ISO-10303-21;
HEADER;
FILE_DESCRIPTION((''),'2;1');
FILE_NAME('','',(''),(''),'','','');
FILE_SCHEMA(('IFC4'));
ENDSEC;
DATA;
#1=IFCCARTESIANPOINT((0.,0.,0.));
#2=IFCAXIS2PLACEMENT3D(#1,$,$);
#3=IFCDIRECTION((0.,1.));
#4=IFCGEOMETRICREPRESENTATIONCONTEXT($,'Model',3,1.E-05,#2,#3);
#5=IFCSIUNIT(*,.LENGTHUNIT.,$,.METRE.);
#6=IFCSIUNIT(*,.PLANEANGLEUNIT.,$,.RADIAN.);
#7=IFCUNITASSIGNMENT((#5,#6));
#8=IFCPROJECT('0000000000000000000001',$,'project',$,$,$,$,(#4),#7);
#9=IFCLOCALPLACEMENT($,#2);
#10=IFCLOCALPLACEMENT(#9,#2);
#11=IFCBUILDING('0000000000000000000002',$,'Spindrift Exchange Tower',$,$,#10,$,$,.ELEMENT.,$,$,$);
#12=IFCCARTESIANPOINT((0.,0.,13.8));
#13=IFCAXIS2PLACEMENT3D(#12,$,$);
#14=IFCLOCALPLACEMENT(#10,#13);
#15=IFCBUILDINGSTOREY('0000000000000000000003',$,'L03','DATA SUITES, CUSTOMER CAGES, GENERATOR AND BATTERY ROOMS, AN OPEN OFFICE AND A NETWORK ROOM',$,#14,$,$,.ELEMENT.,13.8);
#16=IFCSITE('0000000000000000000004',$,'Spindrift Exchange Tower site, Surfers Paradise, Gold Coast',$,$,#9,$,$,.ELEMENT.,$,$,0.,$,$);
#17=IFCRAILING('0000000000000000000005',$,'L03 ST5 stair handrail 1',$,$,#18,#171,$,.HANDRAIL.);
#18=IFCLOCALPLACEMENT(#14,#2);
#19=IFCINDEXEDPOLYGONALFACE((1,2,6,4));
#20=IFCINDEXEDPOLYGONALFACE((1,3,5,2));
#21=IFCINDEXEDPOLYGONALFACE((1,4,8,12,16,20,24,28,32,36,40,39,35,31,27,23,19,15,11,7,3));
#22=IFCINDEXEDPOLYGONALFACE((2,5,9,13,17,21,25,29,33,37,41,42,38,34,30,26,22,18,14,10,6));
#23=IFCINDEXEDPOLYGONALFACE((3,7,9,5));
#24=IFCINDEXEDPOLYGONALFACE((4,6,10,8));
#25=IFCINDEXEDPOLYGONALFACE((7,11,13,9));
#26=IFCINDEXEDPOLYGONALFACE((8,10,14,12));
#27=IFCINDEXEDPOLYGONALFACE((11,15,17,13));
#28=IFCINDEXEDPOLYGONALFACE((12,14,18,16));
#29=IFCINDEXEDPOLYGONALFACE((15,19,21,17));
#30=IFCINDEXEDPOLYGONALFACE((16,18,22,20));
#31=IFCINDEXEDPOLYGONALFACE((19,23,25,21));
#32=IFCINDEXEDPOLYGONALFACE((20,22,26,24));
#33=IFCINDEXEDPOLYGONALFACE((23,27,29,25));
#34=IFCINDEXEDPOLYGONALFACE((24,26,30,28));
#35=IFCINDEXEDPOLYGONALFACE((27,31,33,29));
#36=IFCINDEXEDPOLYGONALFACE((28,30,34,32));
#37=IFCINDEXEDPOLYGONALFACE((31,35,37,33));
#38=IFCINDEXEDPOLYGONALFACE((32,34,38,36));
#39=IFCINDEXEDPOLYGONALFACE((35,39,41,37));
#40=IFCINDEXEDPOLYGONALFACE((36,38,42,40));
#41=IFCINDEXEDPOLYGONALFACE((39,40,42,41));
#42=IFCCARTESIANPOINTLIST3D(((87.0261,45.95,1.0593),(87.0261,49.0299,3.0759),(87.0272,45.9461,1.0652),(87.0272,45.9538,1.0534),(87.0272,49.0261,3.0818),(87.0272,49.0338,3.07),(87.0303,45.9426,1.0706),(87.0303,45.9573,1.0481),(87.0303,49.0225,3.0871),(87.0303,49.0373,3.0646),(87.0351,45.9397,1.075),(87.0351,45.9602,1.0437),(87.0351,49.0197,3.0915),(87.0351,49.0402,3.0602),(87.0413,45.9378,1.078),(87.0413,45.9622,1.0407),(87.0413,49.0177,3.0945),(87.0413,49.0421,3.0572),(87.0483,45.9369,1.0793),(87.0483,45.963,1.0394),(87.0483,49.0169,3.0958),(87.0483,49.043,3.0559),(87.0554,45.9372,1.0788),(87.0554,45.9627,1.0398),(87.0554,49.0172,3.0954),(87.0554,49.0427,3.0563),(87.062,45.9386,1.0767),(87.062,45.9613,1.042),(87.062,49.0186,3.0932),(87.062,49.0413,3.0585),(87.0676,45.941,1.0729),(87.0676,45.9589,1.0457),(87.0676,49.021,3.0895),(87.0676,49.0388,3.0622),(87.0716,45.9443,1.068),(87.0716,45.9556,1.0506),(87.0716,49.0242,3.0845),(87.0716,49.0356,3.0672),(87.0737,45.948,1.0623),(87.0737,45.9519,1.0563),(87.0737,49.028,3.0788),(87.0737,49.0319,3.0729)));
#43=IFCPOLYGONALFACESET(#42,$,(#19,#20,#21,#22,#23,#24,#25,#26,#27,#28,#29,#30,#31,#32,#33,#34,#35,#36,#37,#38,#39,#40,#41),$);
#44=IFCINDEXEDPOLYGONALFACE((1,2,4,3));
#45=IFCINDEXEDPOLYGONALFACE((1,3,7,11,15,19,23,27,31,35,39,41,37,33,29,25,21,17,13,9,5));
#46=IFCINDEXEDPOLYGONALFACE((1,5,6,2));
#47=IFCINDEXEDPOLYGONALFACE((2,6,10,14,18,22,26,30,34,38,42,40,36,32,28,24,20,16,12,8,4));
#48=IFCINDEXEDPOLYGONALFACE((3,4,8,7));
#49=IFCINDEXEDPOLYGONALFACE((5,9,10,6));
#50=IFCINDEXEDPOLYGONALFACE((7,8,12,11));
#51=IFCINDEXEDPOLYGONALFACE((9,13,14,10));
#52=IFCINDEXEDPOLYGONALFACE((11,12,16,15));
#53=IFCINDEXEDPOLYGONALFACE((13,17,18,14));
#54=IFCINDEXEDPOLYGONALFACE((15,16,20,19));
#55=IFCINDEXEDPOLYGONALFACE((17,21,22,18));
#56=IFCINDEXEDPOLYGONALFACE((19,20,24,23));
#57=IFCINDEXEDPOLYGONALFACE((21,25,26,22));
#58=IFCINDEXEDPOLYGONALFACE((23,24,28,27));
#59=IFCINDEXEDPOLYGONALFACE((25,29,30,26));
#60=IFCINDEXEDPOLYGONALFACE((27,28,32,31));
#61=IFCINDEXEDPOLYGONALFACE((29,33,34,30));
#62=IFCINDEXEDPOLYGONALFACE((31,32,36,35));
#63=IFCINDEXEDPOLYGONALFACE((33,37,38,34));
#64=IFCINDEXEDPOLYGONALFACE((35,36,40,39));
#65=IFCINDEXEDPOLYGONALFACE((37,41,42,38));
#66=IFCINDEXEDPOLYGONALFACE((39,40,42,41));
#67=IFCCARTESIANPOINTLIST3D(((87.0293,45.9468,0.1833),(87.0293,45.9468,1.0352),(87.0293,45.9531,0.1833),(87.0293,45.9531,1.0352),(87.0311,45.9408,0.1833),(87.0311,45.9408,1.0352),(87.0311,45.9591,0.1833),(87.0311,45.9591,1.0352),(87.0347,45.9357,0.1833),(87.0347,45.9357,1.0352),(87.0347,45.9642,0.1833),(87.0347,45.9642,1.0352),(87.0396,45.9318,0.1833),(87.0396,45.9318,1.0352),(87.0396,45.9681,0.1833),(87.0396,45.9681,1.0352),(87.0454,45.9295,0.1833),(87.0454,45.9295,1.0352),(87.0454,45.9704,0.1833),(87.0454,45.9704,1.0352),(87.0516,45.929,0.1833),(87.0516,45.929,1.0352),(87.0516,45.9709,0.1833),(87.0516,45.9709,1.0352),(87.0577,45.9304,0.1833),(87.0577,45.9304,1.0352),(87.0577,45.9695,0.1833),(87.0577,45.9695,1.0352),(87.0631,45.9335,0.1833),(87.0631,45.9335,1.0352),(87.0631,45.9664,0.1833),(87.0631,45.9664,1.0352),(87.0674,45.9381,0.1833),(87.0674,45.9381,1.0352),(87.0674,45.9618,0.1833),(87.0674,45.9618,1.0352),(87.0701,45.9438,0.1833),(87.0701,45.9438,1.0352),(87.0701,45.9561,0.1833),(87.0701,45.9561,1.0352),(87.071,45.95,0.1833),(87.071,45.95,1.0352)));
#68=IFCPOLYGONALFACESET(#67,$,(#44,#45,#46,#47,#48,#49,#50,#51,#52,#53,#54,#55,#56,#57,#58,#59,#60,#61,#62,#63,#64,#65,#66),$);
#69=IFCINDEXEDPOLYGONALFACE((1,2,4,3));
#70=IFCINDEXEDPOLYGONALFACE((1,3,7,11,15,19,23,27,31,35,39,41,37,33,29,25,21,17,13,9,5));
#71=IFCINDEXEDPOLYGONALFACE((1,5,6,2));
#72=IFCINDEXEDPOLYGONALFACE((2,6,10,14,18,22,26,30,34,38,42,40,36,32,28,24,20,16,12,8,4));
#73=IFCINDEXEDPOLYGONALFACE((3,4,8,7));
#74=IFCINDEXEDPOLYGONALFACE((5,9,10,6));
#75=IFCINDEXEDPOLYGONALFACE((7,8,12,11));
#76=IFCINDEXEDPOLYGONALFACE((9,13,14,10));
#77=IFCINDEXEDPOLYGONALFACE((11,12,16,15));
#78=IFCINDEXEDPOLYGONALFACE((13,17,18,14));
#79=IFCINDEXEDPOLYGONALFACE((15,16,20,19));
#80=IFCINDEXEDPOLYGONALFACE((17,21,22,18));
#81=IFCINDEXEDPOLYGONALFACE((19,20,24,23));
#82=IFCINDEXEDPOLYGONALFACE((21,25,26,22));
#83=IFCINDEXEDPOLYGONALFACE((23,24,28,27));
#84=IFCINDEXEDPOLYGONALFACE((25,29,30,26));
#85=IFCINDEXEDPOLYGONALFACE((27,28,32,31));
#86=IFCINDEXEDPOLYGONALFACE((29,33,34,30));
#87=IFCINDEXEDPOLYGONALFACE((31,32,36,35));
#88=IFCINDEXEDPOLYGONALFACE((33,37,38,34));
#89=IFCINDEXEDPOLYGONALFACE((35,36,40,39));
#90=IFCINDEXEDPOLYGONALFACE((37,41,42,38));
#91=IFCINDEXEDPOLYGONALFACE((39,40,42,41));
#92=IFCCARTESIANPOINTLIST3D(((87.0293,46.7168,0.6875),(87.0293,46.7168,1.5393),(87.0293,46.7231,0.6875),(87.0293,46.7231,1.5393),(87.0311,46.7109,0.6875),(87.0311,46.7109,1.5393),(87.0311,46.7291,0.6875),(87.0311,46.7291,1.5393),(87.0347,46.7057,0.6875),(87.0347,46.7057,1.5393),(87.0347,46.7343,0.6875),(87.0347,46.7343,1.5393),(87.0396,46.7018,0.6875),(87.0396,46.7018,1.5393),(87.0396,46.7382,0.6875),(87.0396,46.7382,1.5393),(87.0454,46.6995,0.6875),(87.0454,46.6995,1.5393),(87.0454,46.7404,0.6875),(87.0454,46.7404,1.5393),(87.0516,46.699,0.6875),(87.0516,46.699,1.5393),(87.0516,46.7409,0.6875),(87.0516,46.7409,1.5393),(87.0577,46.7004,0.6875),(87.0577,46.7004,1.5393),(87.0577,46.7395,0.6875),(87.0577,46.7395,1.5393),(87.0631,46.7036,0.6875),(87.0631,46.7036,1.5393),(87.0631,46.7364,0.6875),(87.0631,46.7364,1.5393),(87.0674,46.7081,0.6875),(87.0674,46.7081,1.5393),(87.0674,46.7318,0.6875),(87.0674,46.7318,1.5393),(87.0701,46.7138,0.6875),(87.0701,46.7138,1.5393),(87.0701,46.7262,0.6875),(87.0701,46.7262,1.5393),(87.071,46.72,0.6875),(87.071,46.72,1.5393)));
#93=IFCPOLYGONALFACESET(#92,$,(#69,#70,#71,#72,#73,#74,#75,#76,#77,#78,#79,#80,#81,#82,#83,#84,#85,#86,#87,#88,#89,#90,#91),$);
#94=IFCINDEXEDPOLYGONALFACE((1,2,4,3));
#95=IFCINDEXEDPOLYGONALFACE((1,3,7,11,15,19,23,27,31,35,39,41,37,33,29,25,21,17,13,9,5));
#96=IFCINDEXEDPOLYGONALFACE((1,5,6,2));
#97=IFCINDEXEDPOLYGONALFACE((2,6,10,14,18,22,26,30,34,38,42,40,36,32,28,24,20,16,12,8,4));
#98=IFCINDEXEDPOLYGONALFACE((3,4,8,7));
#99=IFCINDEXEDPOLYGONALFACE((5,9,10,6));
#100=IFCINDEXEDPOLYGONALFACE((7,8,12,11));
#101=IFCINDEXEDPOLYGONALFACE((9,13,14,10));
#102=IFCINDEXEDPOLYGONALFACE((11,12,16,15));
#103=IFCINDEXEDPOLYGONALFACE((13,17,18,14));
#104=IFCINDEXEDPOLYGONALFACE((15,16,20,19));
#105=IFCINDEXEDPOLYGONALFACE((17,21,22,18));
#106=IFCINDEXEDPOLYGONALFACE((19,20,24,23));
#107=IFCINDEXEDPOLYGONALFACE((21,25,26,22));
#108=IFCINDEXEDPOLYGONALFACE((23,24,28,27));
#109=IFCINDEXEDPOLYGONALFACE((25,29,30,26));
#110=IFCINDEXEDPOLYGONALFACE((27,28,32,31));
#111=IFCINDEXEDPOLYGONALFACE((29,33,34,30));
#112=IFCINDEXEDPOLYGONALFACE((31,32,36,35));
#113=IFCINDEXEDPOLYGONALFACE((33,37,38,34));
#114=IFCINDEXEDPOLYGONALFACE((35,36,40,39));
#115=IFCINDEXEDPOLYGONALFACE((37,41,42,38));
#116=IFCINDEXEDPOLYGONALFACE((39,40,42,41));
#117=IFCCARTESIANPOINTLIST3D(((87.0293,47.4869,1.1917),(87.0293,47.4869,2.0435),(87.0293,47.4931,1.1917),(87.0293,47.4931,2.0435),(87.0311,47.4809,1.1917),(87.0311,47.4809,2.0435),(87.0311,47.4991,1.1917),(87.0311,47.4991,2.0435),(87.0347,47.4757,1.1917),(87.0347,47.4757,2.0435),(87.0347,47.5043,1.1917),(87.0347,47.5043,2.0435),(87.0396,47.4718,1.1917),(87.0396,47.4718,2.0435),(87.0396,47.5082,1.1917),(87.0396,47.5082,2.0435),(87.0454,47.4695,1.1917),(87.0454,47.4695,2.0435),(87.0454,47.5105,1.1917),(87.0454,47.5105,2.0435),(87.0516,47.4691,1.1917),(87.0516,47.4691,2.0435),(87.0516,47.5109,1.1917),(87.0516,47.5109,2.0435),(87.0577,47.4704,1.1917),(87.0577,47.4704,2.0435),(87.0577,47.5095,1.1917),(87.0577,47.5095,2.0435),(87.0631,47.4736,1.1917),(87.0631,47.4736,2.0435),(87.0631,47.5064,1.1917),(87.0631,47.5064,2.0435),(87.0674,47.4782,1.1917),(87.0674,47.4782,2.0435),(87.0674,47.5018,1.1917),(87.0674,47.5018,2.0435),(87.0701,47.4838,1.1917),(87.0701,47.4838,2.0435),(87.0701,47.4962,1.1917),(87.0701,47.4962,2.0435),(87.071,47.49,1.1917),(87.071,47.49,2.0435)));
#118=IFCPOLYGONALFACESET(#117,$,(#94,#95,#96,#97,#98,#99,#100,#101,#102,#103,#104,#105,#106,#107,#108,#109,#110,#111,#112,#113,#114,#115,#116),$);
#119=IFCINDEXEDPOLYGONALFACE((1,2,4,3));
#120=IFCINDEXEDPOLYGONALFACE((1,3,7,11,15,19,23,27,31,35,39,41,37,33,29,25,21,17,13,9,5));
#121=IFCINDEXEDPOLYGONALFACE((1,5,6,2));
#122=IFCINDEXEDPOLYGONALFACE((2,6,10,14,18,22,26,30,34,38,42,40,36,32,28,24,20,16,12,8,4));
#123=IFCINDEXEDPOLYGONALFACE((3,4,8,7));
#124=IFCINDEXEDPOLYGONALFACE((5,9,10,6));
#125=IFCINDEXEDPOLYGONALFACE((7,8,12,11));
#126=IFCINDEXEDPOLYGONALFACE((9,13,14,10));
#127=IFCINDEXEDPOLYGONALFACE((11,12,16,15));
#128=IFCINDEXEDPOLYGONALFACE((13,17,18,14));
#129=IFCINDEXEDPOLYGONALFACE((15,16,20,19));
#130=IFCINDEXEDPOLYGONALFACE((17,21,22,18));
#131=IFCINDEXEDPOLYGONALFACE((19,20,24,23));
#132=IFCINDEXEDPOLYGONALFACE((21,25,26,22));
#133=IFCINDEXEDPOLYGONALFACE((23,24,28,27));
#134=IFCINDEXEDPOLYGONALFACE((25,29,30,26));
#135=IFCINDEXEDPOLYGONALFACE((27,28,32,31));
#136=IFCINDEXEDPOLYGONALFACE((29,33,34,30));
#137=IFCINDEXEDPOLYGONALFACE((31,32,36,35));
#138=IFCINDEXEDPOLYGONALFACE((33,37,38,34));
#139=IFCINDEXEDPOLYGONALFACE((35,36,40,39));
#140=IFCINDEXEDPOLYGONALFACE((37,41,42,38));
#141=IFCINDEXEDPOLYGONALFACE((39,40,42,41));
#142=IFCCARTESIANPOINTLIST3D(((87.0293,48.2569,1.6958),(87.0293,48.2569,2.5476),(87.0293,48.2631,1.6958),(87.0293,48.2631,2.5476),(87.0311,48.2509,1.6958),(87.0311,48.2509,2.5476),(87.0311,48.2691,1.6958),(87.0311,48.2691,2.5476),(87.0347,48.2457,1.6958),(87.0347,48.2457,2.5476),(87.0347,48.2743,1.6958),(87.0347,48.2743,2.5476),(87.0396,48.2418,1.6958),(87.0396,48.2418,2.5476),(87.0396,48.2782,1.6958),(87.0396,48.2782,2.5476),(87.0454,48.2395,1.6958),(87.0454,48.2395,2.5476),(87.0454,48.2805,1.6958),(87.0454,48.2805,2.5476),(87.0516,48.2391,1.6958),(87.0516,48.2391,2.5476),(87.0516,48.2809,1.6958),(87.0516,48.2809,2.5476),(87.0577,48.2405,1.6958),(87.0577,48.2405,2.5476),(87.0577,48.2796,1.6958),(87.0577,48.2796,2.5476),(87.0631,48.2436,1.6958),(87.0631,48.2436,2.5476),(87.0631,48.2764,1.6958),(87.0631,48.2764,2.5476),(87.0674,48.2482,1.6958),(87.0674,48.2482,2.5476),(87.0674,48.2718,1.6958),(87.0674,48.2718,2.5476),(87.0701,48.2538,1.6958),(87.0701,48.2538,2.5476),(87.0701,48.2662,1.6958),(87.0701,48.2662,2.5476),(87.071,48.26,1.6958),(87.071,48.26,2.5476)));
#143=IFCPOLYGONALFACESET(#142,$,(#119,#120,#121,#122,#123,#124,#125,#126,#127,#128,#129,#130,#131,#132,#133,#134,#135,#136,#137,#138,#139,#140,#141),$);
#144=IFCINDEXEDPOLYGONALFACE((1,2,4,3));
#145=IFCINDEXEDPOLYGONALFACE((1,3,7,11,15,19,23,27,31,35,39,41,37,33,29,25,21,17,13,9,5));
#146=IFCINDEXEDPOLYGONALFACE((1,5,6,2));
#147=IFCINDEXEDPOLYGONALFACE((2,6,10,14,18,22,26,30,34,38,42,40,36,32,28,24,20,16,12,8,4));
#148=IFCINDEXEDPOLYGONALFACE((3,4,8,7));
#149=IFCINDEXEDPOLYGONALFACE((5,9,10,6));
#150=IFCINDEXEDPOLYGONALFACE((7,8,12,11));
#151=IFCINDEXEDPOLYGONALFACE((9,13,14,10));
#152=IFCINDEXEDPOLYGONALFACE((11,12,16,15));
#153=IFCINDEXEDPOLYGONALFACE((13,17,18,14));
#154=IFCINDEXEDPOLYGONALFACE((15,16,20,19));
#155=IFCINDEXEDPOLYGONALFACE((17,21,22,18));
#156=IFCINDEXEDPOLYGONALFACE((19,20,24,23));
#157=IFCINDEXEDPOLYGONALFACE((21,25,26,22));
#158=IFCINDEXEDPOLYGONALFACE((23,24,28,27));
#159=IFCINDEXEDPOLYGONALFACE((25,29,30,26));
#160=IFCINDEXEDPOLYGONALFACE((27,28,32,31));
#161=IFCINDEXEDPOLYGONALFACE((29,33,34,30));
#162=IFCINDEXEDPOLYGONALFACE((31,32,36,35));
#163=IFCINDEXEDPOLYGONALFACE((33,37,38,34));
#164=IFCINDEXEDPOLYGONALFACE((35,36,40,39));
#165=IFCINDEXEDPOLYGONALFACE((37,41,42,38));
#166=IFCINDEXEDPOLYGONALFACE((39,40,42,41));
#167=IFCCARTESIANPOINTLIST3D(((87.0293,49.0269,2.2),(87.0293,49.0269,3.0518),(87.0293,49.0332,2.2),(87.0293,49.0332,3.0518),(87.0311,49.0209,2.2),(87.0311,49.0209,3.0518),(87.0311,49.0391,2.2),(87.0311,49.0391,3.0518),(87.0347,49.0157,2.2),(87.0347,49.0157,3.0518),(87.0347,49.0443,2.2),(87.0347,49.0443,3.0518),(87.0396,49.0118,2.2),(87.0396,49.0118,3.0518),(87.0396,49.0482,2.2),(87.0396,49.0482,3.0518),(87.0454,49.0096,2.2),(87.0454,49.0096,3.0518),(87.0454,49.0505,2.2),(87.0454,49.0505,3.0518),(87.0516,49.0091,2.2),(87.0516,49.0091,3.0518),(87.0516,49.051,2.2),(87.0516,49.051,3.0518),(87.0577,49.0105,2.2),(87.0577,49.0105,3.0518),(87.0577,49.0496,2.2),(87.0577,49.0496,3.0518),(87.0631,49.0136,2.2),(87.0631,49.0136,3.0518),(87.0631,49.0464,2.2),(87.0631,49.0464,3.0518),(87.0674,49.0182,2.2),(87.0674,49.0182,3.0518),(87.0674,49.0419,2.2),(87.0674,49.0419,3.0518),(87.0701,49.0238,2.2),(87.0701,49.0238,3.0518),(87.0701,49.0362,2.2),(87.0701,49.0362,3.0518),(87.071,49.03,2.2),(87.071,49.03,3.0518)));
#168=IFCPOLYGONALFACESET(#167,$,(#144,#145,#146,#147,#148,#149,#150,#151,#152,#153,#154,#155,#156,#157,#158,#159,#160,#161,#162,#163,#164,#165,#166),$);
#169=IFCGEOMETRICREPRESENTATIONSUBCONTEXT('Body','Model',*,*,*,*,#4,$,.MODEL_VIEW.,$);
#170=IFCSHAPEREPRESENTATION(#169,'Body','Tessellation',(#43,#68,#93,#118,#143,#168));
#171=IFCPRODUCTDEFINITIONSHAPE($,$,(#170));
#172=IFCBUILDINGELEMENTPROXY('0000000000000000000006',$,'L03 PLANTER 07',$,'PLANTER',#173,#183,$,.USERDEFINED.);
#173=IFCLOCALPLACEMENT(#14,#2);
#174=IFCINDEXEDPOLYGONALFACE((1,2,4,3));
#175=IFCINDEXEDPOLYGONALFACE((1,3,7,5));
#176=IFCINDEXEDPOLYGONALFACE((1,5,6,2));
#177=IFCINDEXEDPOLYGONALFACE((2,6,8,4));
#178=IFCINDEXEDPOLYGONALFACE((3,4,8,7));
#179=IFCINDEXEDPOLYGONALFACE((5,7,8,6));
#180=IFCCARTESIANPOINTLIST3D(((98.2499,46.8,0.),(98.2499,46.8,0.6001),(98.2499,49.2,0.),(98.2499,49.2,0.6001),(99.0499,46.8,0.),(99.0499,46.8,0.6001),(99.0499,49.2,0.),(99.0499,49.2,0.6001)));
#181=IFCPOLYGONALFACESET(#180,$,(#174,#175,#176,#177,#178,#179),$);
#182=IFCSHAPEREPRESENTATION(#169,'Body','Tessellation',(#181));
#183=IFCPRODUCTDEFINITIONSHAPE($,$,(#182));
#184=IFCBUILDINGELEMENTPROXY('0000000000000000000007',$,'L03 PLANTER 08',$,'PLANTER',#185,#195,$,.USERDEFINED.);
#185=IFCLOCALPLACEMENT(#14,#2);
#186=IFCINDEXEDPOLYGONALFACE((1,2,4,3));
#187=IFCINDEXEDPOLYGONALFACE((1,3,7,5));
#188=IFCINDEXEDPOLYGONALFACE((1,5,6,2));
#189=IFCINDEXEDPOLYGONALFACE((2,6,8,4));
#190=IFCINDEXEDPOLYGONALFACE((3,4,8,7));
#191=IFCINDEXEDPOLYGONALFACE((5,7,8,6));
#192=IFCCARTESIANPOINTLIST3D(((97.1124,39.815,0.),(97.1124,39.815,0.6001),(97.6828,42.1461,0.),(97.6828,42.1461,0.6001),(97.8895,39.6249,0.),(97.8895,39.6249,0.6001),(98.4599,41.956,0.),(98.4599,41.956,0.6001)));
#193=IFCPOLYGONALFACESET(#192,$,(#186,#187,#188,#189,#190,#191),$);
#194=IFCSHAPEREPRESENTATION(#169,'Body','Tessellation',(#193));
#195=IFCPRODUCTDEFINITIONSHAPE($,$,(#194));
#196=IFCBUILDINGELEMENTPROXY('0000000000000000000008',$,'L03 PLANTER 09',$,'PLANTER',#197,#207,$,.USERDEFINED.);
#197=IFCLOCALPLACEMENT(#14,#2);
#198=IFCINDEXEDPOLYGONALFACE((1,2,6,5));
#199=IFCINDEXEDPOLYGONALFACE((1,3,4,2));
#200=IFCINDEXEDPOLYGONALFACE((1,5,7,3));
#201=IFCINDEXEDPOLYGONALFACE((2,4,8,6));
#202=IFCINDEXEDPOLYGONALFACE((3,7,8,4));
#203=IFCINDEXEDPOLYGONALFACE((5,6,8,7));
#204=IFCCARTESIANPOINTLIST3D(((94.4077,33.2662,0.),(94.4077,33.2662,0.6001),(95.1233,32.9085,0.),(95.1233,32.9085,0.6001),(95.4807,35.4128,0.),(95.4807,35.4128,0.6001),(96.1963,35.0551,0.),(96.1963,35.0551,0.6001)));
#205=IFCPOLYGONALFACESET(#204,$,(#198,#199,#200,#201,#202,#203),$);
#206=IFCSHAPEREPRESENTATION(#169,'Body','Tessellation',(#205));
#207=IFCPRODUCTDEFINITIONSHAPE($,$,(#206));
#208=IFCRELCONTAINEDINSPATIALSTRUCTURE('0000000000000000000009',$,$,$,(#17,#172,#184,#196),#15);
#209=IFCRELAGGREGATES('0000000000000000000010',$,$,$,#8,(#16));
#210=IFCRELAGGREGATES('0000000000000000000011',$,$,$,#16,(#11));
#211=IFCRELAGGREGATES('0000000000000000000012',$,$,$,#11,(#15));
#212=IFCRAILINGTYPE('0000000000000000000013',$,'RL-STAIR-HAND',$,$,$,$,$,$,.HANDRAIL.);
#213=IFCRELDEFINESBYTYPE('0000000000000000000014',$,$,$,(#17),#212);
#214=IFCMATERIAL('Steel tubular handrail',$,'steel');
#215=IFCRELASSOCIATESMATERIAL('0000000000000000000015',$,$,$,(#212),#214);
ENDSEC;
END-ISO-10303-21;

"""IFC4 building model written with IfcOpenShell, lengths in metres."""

from ifc_helpers import new_model, si_unit, direction, frame, origin, origin_2d, place, context, subcontext, project, spatial, rectangle, circle, extrude, source, transform, mapped, material, type_object, element, save


model = new_model("IFC4")

# Units and contexts
model_context = context("Model", 3, precision=1e-05, world=origin(), true_north=direction((0.0, 1.0)))
body_context = subcontext(model_context, "Body", "Model", "MODEL_VIEW")
ifc_project = project(units=[si_unit("LENGTHUNIT", "METRE"), si_unit("PLANEANGLEUNIT", "RADIAN")], contexts=[model_context])

# Site, building, storey
site_placement = place(None, origin())
site = spatial("IfcSite", under=ifc_project, at=site_placement, Name="Spindrift Exchange Tower site, Surfers Paradise, Gold Coast", CompositionType="ELEMENT", RefElevation=0.0)
building_placement = place(site_placement, origin())
building = spatial("IfcBuilding", under=site, at=building_placement, Name="Spindrift Exchange Tower", CompositionType="ELEMENT")
storey_placement = place(building_placement, frame((0.0, 0.0, 13.8)))
storey = spatial("IfcBuildingStorey", under=building, at=storey_placement, Name="L03", Description="DATA SUITES, CUSTOMER CAGES, GENERATOR AND BATTERY ROOMS, AN OPEN OFFICE AND A NETWORK ROOM", CompositionType="ELEMENT", Elevation=13.8)

# Railing
ifc_material_1 = material(Name="Steel tubular handrail", Category="steel")
railing_type_1 = type_object("IfcRailingType", Name="RL-STAIR-HAND", PredefinedType="HANDRAIL", material=ifc_material_1)
railing_1_placement = place(storey_placement, frame((87.05, 45.95, 0.1833)))
element("IfcRailing", 1, at=railing_1_placement, inside=storey, type_object=railing_type_1, Name="L03 ST5 stair handrail 1", PredefinedType="HANDRAIL", context=body_context, shape_type="SweptSolid", body=[
    extrude(circle(Radius=0.0239, at=origin_2d()), frame((0.0, 0.0, 0.876), z_axis=(0.0, 0.836633, 0.547764), x_axis=(-1.0, 0.0, 0.0)), (0.0, 0.0, 1.0), 3.6814),
    extrude(circle(Radius=0.021, at=origin_2d()), origin(), (0.0, 0.0, 1.0), 0.8518),
    extrude(circle(Radius=0.021, at=origin_2d()), frame((0.0, 0.77, 0.5042)), (0.0, 0.0, 1.0), 0.8518),
    extrude(circle(Radius=0.021, at=origin_2d()), frame((0.0, 1.54, 1.0083)), (0.0, 0.0, 1.0), 0.8518),
    extrude(circle(Radius=0.021, at=origin_2d()), frame((0.0, 2.3101, 1.5125)), (0.0, 0.0, 1.0), 0.8518),
    extrude(circle(Radius=0.021, at=origin_2d()), frame((0.0, 3.0801, 2.0166)), (0.0, 0.0, 1.0), 0.8518),
])

# Building element proxies
shared_shape_1 = source(origin(), body_context, "Body", "SweptSolid", [
    extrude(rectangle(XDim=2.3999, YDim=0.8, at=origin_2d()), origin(), (0.0, 0.0, 1.0), 0.6001),
])
for number, where, z_axis, x_axis, name in (
    (2, (98.6499, 48.0, 0.0), (0.0, 0.0, 1.0), (0.0, -1.0, 0.0), "L03 PLANTER 07"),
    (3, (97.7861, 40.8855, 0.0), (0.0, 0.0, 1.0), (-0.237662, -0.971348, 0.0), "L03 PLANTER 08"),
    (4, (95.302, 34.1606, 0.0), (0.0, 0.0, 1.0), (-0.447105, -0.894481, 0.0), "L03 PLANTER 09"),
):
    element("IfcBuildingElementProxy", number, at=place(storey_placement, frame(where, z_axis=z_axis, x_axis=x_axis)), inside=storey, Name=name, ObjectType="PLANTER", PredefinedType="USERDEFINED", context=body_context, shape_type="MappedRepresentation", body=[
        mapped(shared_shape_1, transform((0.0, 0.0, 0.0), scale=1.0)),
    ])

save(model, "model.ifc")
